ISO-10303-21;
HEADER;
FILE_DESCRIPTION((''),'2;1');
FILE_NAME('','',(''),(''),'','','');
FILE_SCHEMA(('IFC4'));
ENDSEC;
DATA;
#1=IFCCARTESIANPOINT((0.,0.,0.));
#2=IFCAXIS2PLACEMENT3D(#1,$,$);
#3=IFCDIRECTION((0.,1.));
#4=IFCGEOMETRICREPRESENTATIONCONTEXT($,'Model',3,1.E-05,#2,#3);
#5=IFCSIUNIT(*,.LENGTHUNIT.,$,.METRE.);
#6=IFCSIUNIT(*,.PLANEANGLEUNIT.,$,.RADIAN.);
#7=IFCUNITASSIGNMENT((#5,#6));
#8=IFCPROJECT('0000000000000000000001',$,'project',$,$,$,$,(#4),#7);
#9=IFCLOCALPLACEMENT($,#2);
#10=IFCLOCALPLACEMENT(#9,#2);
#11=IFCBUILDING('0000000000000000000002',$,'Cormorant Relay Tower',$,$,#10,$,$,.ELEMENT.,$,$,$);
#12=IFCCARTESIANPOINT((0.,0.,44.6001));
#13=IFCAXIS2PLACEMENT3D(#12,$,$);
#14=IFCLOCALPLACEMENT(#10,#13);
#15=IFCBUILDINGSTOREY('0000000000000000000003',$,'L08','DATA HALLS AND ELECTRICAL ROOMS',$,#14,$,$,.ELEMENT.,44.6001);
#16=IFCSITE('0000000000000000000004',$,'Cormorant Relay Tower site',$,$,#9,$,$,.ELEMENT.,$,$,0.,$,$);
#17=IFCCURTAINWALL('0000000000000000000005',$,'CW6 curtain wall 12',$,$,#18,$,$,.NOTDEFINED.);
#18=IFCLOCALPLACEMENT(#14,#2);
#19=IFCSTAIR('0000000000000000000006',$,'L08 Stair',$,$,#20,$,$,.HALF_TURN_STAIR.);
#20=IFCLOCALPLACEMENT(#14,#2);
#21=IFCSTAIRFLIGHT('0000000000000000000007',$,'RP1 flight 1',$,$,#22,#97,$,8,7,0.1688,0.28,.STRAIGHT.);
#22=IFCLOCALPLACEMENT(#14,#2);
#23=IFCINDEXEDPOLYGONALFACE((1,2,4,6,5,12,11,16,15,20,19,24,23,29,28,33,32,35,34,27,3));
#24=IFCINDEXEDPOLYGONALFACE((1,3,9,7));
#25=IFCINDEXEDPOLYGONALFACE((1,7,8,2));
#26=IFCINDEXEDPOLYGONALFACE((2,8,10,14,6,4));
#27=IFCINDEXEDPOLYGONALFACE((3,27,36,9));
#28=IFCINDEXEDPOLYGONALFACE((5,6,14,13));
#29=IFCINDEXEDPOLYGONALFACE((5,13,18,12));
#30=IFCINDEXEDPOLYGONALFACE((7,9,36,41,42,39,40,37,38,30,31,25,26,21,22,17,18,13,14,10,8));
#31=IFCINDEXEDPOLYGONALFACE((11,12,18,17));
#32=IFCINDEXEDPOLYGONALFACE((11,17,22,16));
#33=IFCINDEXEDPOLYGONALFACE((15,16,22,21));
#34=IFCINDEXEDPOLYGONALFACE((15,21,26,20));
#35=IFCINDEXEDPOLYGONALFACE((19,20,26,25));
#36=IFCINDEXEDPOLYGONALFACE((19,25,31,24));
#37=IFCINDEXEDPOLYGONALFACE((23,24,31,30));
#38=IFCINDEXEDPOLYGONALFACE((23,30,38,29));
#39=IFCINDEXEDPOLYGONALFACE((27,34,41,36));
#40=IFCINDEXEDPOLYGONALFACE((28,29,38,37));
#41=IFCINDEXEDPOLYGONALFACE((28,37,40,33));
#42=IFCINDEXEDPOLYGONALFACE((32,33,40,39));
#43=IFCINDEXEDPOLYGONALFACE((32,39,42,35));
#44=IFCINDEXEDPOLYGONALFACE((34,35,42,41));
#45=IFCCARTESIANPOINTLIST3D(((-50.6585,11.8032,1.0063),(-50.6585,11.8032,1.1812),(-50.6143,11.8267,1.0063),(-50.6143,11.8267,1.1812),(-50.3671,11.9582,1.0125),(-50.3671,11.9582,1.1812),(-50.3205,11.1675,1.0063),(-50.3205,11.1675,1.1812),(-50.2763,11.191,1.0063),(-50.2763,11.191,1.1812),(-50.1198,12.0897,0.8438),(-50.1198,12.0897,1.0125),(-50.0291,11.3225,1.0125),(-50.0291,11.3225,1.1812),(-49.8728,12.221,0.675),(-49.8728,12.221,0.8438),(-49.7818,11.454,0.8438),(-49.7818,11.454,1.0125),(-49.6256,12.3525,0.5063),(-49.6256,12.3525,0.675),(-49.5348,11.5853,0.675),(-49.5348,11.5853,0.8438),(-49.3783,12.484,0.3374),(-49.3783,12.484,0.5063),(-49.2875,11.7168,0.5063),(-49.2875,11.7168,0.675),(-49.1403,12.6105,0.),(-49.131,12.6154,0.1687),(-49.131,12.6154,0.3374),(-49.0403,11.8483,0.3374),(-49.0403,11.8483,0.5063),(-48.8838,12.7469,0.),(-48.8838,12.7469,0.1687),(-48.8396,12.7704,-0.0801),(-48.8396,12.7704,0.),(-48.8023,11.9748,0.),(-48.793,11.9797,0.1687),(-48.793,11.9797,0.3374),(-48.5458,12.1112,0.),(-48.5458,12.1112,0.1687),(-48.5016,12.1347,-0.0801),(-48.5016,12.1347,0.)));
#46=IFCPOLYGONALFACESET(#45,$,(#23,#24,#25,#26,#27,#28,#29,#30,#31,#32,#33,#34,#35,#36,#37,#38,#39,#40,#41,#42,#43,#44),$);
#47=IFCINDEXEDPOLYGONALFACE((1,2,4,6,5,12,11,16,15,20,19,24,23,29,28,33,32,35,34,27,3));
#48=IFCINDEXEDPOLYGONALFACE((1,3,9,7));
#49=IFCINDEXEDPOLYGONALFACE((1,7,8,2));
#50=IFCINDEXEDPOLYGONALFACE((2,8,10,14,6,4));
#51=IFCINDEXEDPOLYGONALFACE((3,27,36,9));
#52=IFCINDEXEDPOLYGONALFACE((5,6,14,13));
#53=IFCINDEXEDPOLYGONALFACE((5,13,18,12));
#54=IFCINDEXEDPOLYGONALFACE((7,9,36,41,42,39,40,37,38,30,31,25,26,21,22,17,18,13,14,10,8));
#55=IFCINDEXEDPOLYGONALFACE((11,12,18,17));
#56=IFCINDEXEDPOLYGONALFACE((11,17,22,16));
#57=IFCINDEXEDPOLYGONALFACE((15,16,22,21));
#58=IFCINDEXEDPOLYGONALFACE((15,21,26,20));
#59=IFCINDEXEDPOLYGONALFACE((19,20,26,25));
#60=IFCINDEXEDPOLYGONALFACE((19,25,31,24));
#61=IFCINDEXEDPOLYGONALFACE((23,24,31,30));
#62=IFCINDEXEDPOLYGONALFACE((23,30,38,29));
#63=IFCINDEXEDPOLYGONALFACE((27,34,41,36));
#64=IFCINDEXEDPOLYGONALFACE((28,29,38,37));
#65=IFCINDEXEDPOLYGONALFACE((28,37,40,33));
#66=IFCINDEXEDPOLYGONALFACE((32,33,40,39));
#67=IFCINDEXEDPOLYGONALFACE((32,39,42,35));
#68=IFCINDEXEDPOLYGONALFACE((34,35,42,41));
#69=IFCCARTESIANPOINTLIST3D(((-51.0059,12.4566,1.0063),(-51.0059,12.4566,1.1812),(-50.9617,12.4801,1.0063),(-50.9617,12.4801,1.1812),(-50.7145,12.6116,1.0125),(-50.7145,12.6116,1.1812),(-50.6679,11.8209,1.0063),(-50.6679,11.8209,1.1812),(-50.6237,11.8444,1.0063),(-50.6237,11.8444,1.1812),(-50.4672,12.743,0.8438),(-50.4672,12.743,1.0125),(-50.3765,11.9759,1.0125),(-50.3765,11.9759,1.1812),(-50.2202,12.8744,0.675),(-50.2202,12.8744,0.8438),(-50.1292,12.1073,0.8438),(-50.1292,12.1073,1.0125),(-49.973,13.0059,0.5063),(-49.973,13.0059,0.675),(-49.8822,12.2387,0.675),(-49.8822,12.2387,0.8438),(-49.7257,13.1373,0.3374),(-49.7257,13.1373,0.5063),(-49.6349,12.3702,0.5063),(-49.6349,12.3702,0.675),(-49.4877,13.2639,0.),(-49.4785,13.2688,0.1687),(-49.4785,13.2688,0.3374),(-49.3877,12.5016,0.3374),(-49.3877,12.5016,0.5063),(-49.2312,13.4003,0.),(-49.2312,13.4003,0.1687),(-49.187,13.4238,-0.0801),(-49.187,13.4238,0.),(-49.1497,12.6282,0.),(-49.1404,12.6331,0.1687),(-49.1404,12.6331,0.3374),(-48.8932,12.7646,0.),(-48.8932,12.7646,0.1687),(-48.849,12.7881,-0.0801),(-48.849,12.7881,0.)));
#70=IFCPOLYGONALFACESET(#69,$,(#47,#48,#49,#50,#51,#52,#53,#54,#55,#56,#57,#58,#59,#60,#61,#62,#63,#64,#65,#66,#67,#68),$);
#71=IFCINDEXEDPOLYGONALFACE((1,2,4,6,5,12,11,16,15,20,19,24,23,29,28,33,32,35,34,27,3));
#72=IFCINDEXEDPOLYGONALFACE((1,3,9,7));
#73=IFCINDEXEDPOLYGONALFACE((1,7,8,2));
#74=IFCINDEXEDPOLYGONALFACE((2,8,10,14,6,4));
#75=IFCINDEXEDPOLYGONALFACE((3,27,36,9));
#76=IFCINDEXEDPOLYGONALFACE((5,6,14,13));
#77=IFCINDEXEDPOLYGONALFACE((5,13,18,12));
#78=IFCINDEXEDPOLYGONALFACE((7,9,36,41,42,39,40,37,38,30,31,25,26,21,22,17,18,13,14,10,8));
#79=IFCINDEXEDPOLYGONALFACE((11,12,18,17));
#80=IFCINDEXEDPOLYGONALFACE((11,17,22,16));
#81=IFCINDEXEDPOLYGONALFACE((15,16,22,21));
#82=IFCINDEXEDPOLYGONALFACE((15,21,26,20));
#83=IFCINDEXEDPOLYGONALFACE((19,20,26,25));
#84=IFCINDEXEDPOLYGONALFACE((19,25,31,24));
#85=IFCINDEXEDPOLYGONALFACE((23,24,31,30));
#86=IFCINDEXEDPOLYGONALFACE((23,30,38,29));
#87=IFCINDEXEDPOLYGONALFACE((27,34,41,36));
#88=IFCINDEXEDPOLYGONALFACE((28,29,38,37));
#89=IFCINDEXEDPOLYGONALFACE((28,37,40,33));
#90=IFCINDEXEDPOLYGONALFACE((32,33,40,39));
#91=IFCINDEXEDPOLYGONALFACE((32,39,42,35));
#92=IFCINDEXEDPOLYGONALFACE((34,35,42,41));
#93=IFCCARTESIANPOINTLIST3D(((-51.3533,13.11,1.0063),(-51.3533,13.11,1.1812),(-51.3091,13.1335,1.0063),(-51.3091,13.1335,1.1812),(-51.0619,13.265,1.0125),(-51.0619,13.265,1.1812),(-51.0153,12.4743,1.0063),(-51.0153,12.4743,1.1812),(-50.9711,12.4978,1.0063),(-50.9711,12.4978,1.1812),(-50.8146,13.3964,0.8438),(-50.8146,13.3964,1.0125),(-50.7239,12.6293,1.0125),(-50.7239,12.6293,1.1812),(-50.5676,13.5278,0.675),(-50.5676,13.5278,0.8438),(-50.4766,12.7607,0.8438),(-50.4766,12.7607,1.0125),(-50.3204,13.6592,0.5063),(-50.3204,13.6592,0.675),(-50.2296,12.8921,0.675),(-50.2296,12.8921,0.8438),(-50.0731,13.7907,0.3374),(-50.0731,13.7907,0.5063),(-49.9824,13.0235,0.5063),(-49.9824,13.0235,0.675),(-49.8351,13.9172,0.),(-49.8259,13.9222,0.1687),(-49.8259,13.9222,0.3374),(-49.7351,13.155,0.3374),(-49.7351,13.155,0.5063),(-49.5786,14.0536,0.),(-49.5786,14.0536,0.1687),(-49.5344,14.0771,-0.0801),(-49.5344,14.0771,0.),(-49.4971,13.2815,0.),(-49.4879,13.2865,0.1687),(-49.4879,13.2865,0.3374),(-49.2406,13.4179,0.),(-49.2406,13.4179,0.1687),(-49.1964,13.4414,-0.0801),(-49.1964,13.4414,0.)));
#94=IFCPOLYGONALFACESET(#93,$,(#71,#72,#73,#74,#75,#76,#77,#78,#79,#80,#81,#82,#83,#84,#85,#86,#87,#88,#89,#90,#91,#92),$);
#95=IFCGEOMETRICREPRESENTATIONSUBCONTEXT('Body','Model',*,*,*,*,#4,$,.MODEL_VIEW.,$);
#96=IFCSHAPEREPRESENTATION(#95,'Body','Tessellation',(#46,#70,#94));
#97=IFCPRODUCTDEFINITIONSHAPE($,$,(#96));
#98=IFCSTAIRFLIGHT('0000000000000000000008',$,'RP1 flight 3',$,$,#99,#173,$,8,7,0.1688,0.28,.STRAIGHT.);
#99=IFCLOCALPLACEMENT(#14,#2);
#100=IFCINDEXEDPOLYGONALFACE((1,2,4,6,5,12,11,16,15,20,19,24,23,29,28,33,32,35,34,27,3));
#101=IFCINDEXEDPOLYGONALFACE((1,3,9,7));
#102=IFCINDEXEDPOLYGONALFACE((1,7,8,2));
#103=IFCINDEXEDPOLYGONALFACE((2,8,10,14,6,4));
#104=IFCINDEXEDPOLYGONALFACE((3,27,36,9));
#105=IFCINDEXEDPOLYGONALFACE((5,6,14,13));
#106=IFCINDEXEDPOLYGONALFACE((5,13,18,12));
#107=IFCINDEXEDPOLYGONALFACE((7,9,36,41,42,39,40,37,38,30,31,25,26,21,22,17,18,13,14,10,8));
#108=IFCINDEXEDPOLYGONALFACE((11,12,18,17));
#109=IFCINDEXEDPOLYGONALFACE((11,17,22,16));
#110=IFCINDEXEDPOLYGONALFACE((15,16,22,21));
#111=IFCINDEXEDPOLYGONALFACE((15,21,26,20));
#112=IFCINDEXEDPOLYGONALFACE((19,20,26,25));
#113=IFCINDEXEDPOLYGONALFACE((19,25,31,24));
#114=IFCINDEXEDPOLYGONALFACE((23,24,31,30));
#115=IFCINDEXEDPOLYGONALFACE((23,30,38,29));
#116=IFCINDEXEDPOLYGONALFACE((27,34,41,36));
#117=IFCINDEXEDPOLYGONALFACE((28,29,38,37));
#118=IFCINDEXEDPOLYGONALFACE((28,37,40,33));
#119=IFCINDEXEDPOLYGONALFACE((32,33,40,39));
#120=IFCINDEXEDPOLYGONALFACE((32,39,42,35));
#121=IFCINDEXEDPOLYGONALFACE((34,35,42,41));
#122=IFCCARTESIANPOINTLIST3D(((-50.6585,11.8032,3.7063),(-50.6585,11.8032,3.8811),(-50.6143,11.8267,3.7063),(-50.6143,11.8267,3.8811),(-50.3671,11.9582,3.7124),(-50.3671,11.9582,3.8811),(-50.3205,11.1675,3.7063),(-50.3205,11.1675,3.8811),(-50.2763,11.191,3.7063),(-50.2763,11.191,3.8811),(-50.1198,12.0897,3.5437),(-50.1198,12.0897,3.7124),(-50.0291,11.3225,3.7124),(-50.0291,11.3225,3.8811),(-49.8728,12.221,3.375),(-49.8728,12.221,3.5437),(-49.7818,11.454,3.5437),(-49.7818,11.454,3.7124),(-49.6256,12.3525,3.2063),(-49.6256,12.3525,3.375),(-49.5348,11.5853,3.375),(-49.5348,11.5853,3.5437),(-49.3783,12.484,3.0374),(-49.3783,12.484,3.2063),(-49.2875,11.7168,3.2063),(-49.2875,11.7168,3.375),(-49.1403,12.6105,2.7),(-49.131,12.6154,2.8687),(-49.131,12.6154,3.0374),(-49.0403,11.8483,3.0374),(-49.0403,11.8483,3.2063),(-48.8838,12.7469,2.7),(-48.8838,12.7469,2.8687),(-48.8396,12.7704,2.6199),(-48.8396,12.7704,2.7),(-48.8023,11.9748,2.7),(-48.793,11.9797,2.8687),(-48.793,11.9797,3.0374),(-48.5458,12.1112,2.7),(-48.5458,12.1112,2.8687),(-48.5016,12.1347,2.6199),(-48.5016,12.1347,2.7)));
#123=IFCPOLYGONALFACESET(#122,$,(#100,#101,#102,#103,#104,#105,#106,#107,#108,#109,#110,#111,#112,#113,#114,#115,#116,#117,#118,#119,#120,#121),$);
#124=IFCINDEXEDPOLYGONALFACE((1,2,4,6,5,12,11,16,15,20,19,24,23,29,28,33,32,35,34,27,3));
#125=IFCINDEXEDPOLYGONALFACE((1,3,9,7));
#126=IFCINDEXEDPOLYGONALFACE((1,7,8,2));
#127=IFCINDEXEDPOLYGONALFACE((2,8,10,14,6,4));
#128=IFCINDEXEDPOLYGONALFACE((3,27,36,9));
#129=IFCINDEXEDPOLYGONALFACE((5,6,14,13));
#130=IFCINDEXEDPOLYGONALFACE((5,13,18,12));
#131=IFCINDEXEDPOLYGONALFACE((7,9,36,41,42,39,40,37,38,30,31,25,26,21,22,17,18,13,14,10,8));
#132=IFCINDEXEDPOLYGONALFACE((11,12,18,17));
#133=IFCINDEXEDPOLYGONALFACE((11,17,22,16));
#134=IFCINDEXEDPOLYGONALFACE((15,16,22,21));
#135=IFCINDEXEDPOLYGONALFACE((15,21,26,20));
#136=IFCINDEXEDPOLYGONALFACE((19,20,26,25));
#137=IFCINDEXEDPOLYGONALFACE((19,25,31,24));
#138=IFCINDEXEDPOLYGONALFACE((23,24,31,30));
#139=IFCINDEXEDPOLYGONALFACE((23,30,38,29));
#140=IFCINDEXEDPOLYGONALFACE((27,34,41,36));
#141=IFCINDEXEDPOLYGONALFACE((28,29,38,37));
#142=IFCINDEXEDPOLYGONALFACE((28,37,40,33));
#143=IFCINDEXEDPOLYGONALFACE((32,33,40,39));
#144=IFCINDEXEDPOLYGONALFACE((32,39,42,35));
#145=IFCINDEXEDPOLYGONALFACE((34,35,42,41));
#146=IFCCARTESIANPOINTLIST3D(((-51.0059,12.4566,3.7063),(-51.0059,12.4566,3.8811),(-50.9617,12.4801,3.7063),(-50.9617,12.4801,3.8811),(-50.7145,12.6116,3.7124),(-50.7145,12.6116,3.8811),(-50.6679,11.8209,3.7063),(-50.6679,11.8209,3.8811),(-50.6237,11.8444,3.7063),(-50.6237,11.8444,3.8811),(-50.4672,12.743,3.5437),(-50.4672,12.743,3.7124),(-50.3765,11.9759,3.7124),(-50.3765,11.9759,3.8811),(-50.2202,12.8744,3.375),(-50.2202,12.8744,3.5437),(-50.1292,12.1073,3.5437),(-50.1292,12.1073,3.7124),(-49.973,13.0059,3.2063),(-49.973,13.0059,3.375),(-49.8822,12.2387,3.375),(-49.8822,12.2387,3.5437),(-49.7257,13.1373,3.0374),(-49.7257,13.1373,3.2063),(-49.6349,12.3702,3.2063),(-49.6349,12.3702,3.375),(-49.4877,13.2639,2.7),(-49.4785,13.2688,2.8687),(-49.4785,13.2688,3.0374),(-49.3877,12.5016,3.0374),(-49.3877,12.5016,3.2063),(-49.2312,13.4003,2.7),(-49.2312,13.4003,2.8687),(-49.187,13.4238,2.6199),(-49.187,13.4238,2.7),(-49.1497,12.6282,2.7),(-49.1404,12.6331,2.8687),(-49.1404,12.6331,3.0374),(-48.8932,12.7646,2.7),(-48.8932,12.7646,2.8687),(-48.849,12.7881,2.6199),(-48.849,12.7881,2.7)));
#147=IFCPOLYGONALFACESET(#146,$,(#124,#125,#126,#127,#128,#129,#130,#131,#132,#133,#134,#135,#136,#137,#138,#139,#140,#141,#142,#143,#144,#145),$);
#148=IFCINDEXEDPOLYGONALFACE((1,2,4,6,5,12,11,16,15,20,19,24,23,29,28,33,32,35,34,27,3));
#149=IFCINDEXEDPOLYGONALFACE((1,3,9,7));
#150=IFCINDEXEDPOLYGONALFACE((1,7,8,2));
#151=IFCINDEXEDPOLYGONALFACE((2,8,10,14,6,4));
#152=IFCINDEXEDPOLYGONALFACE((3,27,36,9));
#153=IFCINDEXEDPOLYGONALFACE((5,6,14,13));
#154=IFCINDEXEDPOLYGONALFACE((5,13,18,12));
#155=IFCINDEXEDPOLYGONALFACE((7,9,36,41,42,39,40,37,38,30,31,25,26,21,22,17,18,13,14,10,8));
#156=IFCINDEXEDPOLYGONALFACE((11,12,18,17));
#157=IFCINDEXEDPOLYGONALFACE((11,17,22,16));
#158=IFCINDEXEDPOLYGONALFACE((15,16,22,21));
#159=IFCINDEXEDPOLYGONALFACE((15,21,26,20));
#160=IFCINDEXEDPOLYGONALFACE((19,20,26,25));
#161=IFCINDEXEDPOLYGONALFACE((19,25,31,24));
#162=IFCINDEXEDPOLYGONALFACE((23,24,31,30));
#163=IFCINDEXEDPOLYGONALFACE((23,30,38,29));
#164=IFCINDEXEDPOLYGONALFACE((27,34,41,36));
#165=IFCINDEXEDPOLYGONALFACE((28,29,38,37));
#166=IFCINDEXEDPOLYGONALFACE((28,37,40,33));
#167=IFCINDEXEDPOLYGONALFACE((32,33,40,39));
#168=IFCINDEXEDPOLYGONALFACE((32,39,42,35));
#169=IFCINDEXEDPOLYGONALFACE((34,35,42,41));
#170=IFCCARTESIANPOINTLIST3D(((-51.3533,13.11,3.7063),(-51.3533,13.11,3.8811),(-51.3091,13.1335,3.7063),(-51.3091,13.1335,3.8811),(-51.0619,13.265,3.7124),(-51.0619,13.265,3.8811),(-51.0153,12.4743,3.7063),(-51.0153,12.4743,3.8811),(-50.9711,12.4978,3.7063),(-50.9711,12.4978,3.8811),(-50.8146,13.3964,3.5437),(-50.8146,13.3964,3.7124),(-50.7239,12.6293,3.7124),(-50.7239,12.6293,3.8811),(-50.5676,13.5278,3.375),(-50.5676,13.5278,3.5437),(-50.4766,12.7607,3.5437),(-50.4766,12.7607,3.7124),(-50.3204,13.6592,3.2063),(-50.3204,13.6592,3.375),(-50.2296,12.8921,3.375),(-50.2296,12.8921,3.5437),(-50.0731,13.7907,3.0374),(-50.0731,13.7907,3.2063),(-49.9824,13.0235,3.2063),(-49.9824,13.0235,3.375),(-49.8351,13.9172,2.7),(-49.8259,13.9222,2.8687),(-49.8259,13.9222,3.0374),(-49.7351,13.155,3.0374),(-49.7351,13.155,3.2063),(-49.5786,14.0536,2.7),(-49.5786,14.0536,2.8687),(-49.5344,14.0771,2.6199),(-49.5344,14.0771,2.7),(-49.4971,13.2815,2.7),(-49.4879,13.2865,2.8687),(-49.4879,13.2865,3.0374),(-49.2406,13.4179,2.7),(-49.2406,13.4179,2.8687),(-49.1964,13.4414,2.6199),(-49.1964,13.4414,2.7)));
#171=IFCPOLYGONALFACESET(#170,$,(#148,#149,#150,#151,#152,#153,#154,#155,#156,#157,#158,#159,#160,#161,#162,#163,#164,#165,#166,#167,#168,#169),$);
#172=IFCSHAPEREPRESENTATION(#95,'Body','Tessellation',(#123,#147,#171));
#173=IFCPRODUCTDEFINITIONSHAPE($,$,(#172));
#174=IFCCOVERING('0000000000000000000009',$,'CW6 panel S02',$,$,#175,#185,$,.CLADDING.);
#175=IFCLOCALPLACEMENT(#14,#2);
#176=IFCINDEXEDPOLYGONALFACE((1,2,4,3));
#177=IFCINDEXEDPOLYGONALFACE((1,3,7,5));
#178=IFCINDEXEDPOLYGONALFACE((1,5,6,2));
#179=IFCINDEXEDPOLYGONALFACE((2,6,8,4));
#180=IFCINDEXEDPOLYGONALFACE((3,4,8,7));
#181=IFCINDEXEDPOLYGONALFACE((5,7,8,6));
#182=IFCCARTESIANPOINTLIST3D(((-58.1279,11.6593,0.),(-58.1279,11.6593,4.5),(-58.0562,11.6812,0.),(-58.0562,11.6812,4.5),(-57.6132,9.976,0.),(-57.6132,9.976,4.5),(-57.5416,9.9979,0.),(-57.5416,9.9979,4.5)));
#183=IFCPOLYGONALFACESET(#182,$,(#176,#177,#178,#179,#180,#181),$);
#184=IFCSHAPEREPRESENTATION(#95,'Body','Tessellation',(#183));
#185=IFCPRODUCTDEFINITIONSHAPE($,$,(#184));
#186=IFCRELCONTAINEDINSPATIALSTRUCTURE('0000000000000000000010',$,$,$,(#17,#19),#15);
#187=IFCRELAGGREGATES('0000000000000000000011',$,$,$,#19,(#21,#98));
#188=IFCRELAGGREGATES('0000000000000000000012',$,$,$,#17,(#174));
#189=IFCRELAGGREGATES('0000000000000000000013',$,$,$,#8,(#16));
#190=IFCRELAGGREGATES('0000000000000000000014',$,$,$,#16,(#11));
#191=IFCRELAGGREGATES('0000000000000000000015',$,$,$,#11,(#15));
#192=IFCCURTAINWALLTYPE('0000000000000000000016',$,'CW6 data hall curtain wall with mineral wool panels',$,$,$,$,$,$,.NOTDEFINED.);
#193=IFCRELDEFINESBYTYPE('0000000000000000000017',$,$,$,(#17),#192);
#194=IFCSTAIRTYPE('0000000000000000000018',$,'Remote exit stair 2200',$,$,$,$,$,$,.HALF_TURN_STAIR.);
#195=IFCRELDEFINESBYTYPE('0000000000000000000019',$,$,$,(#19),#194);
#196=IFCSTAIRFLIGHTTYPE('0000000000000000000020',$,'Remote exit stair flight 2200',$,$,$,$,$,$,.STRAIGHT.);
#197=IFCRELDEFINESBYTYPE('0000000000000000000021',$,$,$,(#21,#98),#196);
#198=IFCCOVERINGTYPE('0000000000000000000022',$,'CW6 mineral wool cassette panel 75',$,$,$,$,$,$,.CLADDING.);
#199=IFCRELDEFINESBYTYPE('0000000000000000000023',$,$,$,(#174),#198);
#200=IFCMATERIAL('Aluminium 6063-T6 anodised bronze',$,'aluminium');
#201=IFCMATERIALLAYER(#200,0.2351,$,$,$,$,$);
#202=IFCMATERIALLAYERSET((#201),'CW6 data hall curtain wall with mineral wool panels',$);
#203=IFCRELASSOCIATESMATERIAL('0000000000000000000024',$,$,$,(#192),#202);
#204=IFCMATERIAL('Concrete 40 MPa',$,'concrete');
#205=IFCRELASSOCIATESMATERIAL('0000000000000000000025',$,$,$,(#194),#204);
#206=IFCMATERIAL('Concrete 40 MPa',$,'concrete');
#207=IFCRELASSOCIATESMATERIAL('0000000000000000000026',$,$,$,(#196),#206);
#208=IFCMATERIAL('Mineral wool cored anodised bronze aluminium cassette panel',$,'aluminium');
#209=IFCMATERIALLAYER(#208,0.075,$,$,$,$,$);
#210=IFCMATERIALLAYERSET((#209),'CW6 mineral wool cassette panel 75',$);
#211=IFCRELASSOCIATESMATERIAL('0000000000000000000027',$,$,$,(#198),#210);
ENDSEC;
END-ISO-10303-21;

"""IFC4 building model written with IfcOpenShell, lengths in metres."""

from ifc_helpers import new_model, si_unit, direction, frame, origin, origin_2d, place, context, subcontext, project, spatial, polyline, rectangle, outline, extrude, material, layer, layer_set, type_object, element, aggregate, save


model = new_model("IFC4")

# Units and contexts
model_context = context("Model", 3, precision=1e-05, world=origin(), true_north=direction((0.0, 1.0)))
body_context = subcontext(model_context, "Body", "Model", "MODEL_VIEW")
ifc_project = project(units=[si_unit("LENGTHUNIT", "METRE"), si_unit("PLANEANGLEUNIT", "RADIAN")], contexts=[model_context])

# Site, building, storey
site_placement = place(None, origin())
site = spatial("IfcSite", under=ifc_project, at=site_placement, Name="Cormorant Relay Tower site", CompositionType="ELEMENT", RefElevation=0.0)
building_placement = place(site_placement, origin())
building = spatial("IfcBuilding", under=site, at=building_placement, Name="Cormorant Relay Tower", CompositionType="ELEMENT")
storey_placement = place(building_placement, frame((0.0, 0.0, 44.6001)))
storey = spatial("IfcBuildingStorey", under=building, at=storey_placement, Name="L08", Description="DATA HALLS AND ELECTRICAL ROOMS", CompositionType="ELEMENT", Elevation=44.6001)

# Shared definitions
ifc_material_1 = material(Name="Aluminium 6063-T6 anodised bronze", Category="aluminium")
ifc_layer_1 = layer(ifc_material_1, 0.2351)
ifc_layer_set_1 = layer_set([ifc_layer_1], Name="CW6 data hall curtain wall with mineral wool panels")
curtain_wall_type = type_object("IfcCurtainWallType", Name="CW6 data hall curtain wall with mineral wool panels", PredefinedType="NOTDEFINED", material=ifc_layer_set_1)

# Curtain wall
curtain_wall_1_placement = place(storey_placement, origin())
curtain_wall_1 = element("IfcCurtainWall", 1, at=curtain_wall_1_placement, inside=storey, type_object=curtain_wall_type, Name="CW6 curtain wall 12", PredefinedType="NOTDEFINED")

# Stair, stair flights
ifc_material_2 = material(Name="Concrete 40 MPa", Category="concrete")
stair_type = type_object("IfcStairType", Name="Remote exit stair 2200", PredefinedType="HALF_TURN_STAIR", material=ifc_material_2)
stair_placement = place(storey_placement, origin())
stair = element("IfcStair", 2, at=stair_placement, inside=storey, type_object=stair_type, Name="L08 Stair", PredefinedType="HALF_TURN_STAIR")
ifc_material_3 = material(Name="Concrete 40 MPa", Category="concrete")
stair_flight_type = type_object("IfcStairFlightType", Name="Remote exit stair flight 2200", PredefinedType="STRAIGHT", material=ifc_material_3)
stair_flight_1_placement = place(storey_placement, frame((-49.0623, 13.0825, 0.0), z_axis=(0.0, 0.0, 1.0), x_axis=(-0.882948, -0.469472, 0.0)))
stair_flight_1 = element("IfcStairFlight", 3, at=stair_flight_1_placement, type_object=stair_flight_type, Name="RP1 flight 1", NumberOfRisers=8, NumberOfTreads=7, PredefinedType="STRAIGHT", RiserHeight=0.1688, TreadLength=0.28, context=body_context, shape_type="SweptSolid", body=[
    extrude(outline(polyline([(-0.05, -0.0801), (-0.05, 0.0), (0.0, 0.0), (0.0, 0.1687), (0.28, 0.1687), (0.28, 0.3374), (0.5601, 0.3374), (0.5601, 0.5063), (0.8401, 0.5063), (0.8401, 0.675), (1.1201, 0.675), (1.1201, 0.8438), (1.3999, 0.8438), (1.3999, 1.0125), (1.6799, 1.0125), (1.6799, 1.1812), (1.96, 1.1812), (2.01, 1.1812), (2.01, 1.0063), (1.96, 1.0063), (0.2905, 0.0), (-0.05, -0.0801)])), frame((0.0, 1.1001, 0.0), z_axis=(0.0, -1.0, 0.0), x_axis=(1.0, 0.0, 0.0)), (0.0, 0.0, 1.0), 0.72),
    extrude(outline(polyline([(-0.05, -0.0801), (-0.05, 0.0), (0.0, 0.0), (0.0, 0.1687), (0.28, 0.1687), (0.28, 0.3374), (0.5601, 0.3374), (0.5601, 0.5063), (0.8401, 0.5063), (0.8401, 0.675), (1.1201, 0.675), (1.1201, 0.8438), (1.3999, 0.8438), (1.3999, 1.0125), (1.6799, 1.0125), (1.6799, 1.1812), (1.96, 1.1812), (2.01, 1.1812), (2.01, 1.0063), (1.96, 1.0063), (0.2905, 0.0), (-0.05, -0.0801)])), frame((0.0, 0.3601, 0.0), z_axis=(0.0, -1.0, 0.0), x_axis=(1.0, 0.0, 0.0)), (0.0, 0.0, 1.0), 0.72),
    extrude(outline(polyline([(-0.05, -0.0801), (-0.05, 0.0), (0.0, 0.0), (0.0, 0.1687), (0.28, 0.1687), (0.28, 0.3374), (0.5601, 0.3374), (0.5601, 0.5063), (0.8401, 0.5063), (0.8401, 0.675), (1.1201, 0.675), (1.1201, 0.8438), (1.3999, 0.8438), (1.3999, 1.0125), (1.6799, 1.0125), (1.6799, 1.1812), (1.96, 1.1812), (2.01, 1.1812), (2.01, 1.0063), (1.96, 1.0063), (0.2905, 0.0), (-0.05, -0.0801)])), frame((0.0, -0.3799, 0.0), z_axis=(0.0, -1.0, 0.0), x_axis=(1.0, 0.0, 0.0)), (0.0, 0.0, 1.0), 0.72),
])
stair_flight_2_placement = place(storey_placement, frame((-49.0623, 13.0825, 2.7), z_axis=(0.0, 0.0, 1.0), x_axis=(-0.882948, -0.469472, 0.0)))
stair_flight_2 = element("IfcStairFlight", 4, at=stair_flight_2_placement, type_object=stair_flight_type, Name="RP1 flight 3", NumberOfRisers=8, NumberOfTreads=7, PredefinedType="STRAIGHT", RiserHeight=0.1688, TreadLength=0.28, context=body_context, shape_type="SweptSolid", body=[
    extrude(outline(polyline([(-0.05, -0.0801), (-0.05, 0.0), (0.0, 0.0), (0.0, 0.1687), (0.28, 0.1687), (0.28, 0.3374), (0.5601, 0.3374), (0.5601, 0.5063), (0.8401, 0.5063), (0.8401, 0.675), (1.1201, 0.675), (1.1201, 0.8438), (1.3999, 0.8438), (1.3999, 1.0125), (1.6799, 1.0125), (1.6799, 1.1812), (1.96, 1.1812), (2.01, 1.1812), (2.01, 1.0063), (1.96, 1.0063), (0.2905, 0.0), (-0.05, -0.0801)])), frame((0.0, 1.1001, 0.0), z_axis=(0.0, -1.0, 0.0), x_axis=(1.0, 0.0, 0.0)), (0.0, 0.0, 1.0), 0.72),
    extrude(outline(polyline([(-0.05, -0.0801), (-0.05, 0.0), (0.0, 0.0), (0.0, 0.1687), (0.28, 0.1687), (0.28, 0.3374), (0.5601, 0.3374), (0.5601, 0.5063), (0.8401, 0.5063), (0.8401, 0.675), (1.1201, 0.675), (1.1201, 0.8438), (1.3999, 0.8438), (1.3999, 1.0125), (1.6799, 1.0125), (1.6799, 1.1812), (1.96, 1.1812), (2.01, 1.1812), (2.01, 1.0063), (1.96, 1.0063), (0.2905, 0.0), (-0.05, -0.0801)])), frame((0.0, 0.3601, 0.0), z_axis=(0.0, -1.0, 0.0), x_axis=(1.0, 0.0, 0.0)), (0.0, 0.0, 1.0), 0.72),
    extrude(outline(polyline([(-0.05, -0.0801), (-0.05, 0.0), (0.0, 0.0), (0.0, 0.1687), (0.28, 0.1687), (0.28, 0.3374), (0.5601, 0.3374), (0.5601, 0.5063), (0.8401, 0.5063), (0.8401, 0.675), (1.1201, 0.675), (1.1201, 0.8438), (1.3999, 0.8438), (1.3999, 1.0125), (1.6799, 1.0125), (1.6799, 1.1812), (1.96, 1.1812), (2.01, 1.1812), (2.01, 1.0063), (1.96, 1.0063), (0.2905, 0.0), (-0.05, -0.0801)])), frame((0.0, -0.3799, 0.0), z_axis=(0.0, -1.0, 0.0), x_axis=(1.0, 0.0, 0.0)), (0.0, 0.0, 1.0), 0.72),
])
aggregate(stair, [stair_flight_1, stair_flight_2])

# Covering
ifc_material_4 = material(Name="Mineral wool cored anodised bronze aluminium cassette panel", Category="aluminium")
ifc_layer_2 = layer(ifc_material_4, 0.075)
ifc_layer_set_2 = layer_set([ifc_layer_2], Name="CW6 mineral wool cassette panel 75")
covering_type = type_object("IfcCoveringType", Name="CW6 mineral wool cassette panel 75", PredefinedType="CLADDING", material=ifc_layer_set_2)
covering_1_placement = place(storey_placement, frame((-57.8347, 10.8286, 0.0), z_axis=(0.0, 0.0, 1.0), x_axis=(0.292372, -0.956305, 0.0)))
covering_1 = element("IfcCovering", 5, at=covering_1_placement, type_object=covering_type, Name="CW6 panel S02", PredefinedType="CLADDING", context=body_context, shape_type="SweptSolid", body=[
    extrude(rectangle(XDim=1.7603, YDim=0.075, at=origin_2d()), origin(), (0.0, 0.0, 1.0), 4.5),
])
aggregate(curtain_wall_1, [covering_1])

save(model, "model.ifc")
